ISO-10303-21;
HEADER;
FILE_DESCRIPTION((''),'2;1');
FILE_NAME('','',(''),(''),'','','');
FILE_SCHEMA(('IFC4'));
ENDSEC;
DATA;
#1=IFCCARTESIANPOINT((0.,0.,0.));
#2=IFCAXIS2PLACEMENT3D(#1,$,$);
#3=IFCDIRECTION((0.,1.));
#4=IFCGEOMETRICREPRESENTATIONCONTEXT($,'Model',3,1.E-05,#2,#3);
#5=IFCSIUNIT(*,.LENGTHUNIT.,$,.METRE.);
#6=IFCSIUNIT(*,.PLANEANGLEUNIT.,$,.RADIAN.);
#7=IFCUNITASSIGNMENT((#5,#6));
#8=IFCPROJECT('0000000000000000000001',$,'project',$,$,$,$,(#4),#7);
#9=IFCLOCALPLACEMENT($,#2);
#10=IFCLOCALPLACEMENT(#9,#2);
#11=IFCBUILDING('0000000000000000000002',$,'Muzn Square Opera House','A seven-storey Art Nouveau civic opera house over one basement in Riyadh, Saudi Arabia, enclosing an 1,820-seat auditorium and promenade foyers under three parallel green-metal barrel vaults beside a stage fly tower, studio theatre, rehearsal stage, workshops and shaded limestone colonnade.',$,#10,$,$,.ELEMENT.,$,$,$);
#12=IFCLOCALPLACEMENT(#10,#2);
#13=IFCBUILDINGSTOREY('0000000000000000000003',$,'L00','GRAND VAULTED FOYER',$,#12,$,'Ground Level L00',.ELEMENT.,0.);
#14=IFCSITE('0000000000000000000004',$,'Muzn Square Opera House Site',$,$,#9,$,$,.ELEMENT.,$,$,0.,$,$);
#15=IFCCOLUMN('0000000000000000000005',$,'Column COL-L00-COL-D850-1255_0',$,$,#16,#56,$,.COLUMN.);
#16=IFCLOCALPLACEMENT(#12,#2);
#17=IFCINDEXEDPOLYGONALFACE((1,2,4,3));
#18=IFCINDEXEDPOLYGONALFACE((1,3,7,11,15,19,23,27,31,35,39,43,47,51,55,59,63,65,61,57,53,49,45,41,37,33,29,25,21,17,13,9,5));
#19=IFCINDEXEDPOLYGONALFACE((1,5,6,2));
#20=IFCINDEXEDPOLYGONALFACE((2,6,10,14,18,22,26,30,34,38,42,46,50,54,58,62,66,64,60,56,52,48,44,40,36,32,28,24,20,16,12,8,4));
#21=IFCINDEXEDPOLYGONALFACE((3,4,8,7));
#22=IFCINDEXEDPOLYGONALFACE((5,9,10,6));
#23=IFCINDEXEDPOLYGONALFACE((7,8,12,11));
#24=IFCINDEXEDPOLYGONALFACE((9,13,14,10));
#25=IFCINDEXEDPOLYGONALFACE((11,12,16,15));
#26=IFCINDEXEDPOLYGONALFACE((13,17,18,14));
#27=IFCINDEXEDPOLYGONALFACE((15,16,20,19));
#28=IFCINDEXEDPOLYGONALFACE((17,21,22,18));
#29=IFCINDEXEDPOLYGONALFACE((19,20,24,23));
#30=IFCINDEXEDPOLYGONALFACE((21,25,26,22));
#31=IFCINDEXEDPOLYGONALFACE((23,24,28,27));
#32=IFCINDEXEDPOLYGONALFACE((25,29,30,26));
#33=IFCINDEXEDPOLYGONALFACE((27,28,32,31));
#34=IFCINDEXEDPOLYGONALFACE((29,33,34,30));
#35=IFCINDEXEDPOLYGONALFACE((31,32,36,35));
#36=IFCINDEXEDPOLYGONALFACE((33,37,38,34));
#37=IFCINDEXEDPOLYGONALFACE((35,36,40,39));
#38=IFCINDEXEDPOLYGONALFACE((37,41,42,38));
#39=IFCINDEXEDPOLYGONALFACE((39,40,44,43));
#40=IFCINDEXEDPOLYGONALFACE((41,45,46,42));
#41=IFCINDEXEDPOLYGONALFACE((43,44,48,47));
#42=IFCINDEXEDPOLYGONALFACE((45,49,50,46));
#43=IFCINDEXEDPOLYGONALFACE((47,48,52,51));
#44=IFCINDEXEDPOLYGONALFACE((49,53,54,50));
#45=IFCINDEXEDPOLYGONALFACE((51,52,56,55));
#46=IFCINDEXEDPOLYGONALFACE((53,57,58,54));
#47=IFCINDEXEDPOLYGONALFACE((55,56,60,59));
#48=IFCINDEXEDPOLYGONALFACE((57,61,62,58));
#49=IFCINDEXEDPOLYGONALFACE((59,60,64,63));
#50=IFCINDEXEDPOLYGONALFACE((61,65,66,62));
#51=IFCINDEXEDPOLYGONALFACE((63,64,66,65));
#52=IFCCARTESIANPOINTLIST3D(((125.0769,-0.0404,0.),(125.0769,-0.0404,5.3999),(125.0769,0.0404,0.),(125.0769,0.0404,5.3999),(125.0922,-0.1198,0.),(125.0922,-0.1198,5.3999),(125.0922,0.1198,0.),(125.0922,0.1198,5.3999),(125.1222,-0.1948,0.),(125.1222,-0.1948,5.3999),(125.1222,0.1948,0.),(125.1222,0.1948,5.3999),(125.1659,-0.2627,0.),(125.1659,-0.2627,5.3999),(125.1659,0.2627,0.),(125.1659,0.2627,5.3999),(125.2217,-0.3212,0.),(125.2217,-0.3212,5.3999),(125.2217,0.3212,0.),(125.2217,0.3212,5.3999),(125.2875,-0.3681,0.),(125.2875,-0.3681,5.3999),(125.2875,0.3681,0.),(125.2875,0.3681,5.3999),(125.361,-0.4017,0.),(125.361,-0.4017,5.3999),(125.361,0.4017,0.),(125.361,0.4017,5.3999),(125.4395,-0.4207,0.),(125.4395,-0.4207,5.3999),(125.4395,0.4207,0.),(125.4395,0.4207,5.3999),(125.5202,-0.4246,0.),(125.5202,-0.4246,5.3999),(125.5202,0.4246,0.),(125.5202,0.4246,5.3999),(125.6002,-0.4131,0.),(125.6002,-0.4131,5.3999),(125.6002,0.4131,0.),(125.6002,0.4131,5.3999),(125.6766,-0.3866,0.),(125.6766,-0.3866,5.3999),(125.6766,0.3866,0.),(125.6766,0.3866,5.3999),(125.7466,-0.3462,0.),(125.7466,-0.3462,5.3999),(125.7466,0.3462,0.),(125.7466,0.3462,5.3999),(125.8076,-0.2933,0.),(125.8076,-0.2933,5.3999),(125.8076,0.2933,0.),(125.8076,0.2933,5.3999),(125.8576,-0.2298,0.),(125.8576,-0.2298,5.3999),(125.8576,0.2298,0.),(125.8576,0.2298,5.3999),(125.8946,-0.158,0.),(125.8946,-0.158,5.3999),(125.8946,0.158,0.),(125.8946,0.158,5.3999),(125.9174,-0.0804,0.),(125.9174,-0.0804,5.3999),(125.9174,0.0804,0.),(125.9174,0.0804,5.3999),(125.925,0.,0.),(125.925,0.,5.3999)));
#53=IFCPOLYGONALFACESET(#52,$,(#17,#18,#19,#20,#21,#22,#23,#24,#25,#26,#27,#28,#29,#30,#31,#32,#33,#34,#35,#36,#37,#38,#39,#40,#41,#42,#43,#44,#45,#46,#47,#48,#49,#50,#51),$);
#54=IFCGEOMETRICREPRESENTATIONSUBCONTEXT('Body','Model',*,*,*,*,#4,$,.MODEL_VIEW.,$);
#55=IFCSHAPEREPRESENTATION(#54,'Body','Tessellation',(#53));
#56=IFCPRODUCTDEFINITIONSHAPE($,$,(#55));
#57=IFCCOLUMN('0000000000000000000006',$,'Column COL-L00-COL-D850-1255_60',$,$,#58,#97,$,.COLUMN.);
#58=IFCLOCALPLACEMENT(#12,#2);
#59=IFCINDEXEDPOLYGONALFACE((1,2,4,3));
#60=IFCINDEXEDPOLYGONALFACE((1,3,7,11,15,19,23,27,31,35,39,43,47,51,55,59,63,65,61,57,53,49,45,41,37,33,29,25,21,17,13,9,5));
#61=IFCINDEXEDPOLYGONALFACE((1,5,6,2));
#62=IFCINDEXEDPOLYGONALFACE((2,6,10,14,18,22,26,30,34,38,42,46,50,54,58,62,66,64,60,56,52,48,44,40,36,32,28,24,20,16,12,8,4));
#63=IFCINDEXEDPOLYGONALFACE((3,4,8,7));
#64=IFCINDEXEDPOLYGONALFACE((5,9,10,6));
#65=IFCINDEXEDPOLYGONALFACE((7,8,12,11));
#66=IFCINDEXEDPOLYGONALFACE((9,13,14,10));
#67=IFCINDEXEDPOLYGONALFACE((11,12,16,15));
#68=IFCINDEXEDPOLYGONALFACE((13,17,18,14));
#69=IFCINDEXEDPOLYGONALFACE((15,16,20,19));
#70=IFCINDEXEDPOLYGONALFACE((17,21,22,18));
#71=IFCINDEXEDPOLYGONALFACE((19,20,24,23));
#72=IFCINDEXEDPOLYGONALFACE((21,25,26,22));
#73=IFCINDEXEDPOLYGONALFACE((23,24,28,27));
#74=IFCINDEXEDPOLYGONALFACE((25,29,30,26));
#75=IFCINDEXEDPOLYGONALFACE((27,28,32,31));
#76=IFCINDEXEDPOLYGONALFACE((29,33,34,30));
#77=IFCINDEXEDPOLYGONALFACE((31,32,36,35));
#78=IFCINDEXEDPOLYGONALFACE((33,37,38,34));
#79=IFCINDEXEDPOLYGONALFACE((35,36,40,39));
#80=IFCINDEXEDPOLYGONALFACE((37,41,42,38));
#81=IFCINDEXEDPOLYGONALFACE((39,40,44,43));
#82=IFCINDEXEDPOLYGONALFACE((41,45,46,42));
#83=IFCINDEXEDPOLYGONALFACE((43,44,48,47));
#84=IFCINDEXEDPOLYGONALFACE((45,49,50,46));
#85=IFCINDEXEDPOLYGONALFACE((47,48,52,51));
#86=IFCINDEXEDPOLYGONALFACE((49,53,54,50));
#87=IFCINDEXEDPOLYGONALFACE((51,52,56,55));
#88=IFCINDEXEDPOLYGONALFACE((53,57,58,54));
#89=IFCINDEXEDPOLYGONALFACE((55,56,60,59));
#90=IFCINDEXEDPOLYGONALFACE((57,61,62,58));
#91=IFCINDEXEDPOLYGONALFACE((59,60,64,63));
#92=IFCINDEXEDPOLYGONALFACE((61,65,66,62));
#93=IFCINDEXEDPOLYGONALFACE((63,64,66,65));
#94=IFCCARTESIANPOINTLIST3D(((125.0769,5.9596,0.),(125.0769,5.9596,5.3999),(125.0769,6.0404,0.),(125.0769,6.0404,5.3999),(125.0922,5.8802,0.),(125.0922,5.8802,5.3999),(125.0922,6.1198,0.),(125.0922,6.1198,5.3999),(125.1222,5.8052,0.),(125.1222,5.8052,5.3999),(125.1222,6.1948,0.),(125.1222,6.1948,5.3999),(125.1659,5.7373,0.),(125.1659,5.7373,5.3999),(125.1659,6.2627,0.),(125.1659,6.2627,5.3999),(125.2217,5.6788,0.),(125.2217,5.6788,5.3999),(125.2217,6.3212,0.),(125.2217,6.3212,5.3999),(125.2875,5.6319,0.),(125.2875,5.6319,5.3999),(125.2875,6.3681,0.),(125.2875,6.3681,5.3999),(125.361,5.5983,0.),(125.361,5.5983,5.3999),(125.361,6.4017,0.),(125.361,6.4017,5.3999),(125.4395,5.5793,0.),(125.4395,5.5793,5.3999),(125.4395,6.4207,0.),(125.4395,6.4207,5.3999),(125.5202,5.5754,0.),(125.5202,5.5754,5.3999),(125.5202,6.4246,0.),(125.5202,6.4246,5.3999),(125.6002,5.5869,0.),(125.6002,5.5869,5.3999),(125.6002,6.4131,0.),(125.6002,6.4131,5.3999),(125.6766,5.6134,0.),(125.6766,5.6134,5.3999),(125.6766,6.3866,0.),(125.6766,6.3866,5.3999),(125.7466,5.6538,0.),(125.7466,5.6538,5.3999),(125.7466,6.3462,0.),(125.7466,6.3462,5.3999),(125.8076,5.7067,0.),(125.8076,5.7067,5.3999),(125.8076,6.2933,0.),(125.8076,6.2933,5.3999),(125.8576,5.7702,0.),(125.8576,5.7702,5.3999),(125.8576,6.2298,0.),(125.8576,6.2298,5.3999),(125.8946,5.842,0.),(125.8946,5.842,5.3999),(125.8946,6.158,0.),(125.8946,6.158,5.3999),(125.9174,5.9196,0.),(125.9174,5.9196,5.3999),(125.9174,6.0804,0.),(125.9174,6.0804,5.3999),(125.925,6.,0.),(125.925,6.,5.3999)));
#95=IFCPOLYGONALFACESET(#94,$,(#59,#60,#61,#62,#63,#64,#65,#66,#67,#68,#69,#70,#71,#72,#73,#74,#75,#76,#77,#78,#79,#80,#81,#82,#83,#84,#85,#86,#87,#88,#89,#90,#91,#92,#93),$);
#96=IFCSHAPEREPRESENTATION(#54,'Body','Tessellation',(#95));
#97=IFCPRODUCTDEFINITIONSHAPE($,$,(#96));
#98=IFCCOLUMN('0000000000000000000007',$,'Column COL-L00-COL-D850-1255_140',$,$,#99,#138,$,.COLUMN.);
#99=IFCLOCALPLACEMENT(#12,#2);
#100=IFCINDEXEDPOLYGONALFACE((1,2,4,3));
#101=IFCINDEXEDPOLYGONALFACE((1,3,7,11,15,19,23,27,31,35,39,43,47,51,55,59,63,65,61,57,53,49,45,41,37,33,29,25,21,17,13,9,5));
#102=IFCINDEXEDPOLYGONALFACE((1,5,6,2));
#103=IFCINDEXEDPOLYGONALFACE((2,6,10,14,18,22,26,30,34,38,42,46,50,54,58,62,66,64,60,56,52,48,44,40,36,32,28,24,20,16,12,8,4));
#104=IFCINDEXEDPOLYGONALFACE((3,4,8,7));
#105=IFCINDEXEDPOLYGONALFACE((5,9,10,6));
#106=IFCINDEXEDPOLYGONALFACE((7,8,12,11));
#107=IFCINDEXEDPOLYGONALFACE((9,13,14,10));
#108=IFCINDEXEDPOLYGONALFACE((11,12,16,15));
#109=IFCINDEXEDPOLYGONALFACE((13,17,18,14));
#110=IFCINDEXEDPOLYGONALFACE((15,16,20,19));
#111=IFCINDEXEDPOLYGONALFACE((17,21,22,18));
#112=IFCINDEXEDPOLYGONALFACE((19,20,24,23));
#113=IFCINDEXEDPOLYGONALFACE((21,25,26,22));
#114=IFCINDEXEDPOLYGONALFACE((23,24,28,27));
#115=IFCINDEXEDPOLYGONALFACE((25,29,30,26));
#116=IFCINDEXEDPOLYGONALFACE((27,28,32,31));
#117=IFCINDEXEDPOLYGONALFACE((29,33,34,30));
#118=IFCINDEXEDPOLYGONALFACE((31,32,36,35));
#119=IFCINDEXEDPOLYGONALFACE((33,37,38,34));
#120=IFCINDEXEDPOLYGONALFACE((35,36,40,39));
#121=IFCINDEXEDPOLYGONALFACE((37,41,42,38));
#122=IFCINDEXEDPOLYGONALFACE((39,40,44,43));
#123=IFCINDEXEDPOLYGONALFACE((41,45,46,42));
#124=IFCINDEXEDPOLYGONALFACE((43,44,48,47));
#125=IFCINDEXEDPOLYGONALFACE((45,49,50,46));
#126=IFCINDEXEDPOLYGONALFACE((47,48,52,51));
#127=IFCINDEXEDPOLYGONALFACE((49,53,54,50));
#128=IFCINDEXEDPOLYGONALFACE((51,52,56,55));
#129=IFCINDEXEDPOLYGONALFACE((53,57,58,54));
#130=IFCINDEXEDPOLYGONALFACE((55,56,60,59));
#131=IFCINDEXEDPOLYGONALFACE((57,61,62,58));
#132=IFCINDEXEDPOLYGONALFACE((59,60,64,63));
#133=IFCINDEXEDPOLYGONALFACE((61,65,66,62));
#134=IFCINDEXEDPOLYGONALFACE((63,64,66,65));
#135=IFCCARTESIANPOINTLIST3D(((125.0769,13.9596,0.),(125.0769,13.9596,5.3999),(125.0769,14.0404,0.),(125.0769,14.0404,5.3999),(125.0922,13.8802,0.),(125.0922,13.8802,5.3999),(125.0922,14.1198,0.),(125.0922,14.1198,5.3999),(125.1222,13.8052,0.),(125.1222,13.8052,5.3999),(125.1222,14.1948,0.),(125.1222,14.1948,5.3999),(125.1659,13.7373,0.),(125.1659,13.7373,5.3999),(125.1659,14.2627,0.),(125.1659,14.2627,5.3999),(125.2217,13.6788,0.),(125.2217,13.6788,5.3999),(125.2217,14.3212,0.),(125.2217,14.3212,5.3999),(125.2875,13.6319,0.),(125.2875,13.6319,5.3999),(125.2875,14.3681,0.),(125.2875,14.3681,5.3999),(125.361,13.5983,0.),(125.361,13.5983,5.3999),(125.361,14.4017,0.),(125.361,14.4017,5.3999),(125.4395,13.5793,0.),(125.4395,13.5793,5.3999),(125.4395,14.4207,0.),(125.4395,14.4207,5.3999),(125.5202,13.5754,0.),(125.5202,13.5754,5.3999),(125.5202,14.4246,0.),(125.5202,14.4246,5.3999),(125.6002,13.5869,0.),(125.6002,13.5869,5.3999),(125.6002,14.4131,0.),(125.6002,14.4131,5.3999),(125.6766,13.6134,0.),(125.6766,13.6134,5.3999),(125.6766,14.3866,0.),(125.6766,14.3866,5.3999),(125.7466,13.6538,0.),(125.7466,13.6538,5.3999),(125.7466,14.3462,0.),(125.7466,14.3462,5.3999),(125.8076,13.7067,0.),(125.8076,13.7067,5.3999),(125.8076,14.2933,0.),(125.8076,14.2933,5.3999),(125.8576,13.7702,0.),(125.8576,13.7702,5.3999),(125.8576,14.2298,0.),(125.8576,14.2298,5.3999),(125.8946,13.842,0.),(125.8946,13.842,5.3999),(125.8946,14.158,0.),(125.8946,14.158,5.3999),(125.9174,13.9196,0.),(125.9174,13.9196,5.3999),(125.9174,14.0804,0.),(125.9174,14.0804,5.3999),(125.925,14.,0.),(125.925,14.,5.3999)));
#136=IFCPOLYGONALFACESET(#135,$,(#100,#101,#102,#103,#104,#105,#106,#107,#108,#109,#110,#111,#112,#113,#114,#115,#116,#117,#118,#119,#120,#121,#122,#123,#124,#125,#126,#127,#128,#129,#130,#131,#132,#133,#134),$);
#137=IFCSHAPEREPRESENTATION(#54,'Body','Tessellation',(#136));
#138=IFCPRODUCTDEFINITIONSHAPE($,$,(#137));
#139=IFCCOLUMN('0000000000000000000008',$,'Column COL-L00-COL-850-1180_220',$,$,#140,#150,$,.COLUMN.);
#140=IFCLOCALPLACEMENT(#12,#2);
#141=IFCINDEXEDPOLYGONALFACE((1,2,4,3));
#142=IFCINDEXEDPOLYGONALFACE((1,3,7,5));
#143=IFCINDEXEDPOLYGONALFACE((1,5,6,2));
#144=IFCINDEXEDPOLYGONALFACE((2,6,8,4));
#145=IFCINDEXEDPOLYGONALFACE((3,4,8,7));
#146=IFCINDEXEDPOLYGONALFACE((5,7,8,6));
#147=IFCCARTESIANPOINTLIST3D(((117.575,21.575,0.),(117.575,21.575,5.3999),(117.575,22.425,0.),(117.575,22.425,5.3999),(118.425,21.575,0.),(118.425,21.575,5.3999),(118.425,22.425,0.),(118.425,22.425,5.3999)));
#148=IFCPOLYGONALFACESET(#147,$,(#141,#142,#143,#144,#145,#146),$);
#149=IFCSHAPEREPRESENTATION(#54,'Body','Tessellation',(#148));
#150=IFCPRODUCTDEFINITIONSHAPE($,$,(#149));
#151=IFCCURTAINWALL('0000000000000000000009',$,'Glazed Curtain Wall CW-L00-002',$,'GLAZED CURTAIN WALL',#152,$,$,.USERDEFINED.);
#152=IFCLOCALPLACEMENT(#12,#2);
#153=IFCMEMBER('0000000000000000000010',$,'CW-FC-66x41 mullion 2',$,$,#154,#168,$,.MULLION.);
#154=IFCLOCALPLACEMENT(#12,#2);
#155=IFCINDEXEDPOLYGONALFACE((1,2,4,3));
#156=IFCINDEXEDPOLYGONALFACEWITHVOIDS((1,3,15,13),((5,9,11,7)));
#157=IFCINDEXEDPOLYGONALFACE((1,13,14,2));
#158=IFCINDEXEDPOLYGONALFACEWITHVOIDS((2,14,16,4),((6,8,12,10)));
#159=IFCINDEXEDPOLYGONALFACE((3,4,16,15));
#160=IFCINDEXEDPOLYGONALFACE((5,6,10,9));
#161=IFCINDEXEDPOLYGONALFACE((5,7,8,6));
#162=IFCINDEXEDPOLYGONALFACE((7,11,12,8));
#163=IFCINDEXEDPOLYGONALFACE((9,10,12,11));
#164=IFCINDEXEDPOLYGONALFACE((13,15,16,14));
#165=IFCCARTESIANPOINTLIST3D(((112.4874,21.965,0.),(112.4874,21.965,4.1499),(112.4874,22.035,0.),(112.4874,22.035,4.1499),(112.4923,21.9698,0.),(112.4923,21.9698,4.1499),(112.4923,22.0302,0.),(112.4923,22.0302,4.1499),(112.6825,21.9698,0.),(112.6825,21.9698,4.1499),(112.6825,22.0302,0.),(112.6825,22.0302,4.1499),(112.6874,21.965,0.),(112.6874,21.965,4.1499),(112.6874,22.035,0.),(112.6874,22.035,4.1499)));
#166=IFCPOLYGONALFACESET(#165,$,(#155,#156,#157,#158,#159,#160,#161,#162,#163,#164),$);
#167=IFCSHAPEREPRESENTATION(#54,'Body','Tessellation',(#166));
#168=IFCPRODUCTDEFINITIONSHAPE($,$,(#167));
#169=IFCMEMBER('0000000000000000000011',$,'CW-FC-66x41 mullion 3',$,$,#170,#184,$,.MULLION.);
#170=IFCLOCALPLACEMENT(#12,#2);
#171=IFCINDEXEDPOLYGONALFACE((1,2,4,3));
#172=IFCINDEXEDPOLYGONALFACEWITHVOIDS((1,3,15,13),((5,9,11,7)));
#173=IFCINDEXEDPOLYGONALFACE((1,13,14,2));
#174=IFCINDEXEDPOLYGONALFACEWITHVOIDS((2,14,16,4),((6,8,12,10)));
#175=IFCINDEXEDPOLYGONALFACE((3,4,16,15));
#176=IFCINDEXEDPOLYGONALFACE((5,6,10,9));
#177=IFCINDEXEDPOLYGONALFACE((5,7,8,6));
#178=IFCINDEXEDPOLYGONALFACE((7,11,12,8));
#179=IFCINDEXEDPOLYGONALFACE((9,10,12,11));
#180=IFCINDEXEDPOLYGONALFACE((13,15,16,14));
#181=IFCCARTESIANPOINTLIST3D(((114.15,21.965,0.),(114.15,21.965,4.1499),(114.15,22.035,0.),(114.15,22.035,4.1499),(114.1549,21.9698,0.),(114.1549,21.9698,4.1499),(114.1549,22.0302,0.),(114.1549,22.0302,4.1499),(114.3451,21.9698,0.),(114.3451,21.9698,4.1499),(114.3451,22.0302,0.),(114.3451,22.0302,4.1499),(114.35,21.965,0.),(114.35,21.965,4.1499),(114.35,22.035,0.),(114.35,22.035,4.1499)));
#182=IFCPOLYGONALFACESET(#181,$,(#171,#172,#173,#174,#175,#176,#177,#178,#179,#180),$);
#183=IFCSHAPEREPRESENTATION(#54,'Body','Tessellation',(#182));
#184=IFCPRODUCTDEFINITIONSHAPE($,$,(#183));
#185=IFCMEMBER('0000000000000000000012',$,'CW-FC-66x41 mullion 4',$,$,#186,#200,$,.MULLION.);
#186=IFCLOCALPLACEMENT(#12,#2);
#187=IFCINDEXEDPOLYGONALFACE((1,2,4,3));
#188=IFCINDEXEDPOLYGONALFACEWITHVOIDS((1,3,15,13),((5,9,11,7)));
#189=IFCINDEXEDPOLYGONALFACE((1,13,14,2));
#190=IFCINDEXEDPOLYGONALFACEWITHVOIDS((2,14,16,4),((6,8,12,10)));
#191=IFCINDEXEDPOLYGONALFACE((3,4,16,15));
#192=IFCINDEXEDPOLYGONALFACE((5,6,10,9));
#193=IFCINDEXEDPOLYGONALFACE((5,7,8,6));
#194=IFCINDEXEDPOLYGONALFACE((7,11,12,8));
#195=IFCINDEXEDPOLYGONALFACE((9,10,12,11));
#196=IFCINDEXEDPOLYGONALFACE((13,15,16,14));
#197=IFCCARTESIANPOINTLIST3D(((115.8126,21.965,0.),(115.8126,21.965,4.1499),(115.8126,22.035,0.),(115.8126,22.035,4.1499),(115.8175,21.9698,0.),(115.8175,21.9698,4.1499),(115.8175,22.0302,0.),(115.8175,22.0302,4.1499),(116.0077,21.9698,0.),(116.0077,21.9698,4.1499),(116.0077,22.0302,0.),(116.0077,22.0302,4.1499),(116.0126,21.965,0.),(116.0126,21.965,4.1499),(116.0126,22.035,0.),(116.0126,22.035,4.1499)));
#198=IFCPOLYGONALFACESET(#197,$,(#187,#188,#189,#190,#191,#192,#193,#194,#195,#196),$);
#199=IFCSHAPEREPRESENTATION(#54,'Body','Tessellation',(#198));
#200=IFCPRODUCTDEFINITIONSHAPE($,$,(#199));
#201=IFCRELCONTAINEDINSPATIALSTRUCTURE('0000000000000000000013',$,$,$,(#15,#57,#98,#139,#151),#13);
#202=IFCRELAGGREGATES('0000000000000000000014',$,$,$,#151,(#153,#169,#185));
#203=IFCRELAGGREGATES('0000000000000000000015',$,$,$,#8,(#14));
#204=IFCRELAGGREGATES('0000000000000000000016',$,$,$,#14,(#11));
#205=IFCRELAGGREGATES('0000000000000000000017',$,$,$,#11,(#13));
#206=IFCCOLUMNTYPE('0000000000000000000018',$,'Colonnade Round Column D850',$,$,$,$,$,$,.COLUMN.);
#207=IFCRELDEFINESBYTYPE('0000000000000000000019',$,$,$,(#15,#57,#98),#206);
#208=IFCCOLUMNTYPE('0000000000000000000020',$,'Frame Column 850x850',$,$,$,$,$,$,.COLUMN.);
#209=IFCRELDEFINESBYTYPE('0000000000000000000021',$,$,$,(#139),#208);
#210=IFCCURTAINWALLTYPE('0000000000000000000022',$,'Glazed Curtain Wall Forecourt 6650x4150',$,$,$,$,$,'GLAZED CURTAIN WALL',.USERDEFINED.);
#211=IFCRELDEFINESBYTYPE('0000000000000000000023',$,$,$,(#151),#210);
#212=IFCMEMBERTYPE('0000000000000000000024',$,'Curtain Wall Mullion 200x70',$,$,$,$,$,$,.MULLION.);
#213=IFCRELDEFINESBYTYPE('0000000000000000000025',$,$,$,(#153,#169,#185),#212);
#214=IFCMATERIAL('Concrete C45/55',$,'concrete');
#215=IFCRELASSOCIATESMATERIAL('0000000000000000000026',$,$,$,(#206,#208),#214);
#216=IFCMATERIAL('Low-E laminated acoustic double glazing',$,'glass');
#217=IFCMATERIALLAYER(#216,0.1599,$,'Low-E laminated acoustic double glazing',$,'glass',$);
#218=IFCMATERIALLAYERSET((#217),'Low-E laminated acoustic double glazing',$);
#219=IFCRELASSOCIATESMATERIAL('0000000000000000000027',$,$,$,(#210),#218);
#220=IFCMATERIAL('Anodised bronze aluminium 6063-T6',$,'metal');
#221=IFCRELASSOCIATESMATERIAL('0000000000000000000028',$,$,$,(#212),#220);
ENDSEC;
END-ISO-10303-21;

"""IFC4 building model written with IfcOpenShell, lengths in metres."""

from ifc_helpers import new_model, si_unit, direction, frame, origin, origin_2d, place, context, subcontext, project, spatial, rectangle, hollow_rectangle, circle, extrude, material, layer, layer_set, material_profile, profile_set, type_object, element, aggregate, save


model = new_model("IFC4")

# Units and contexts
model_context = context("Model", 3, precision=1e-05, world=origin(), true_north=direction((0.0, 1.0)))
body_context = subcontext(model_context, "Body", "Model", "MODEL_VIEW")
ifc_project = project(units=[si_unit("LENGTHUNIT", "METRE"), si_unit("PLANEANGLEUNIT", "RADIAN")], contexts=[model_context])

# Site, building, storey
site_placement = place(None, origin())
site = spatial("IfcSite", under=ifc_project, at=site_placement, Name="Muzn Square Opera House Site", CompositionType="ELEMENT", RefElevation=0.0)
building_placement = place(site_placement, origin())
building = spatial("IfcBuilding", under=site, at=building_placement, Name="Muzn Square Opera House", Description="A seven-storey Art Nouveau civic opera house over one basement in Riyadh, Saudi Arabia, enclosing an 1,820-seat auditorium and promenade foyers under three parallel green-metal barrel vaults beside a stage fly tower, studio theatre, rehearsal stage, workshops and shaded limestone colonnade.", CompositionType="ELEMENT")
storey_placement = place(building_placement, origin())
storey = spatial("IfcBuildingStorey", under=building, at=storey_placement, Name="L00", Description="GRAND VAULTED FOYER", LongName="Ground Level L00", CompositionType="ELEMENT", Elevation=0.0)

# Columns
ifc_material_1 = material(Name="Concrete C45/55", Category="concrete")
ifc_material_profile_1 = material_profile(ifc_material_1, circle(Radius=0.425, at=origin_2d()), Name="RCC D850", Category="concrete")
ifc_profile_set_1 = profile_set([ifc_material_profile_1], Name="Concrete C45/55")
column_type_1 = type_object("IfcColumnType", Name="Colonnade Round Column D850", PredefinedType="COLUMN", material=ifc_profile_set_1)
for number, where, z_axis, x_axis, name in (
    (1, (125.5, 0.0, 0.0), (0.0, 0.0, 1.0), (1.0, 0.0, 0.0), "Column COL-L00-COL-D850-1255_0"),
    (2, (125.5, 6.0, 0.0), (0.0, 0.0, 1.0), (1.0, 0.0, 0.0), "Column COL-L00-COL-D850-1255_60"),
    (3, (125.5, 14.0, 0.0), (0.0, 0.0, 1.0), (1.0, 0.0, 0.0), "Column COL-L00-COL-D850-1255_140"),
):
    element("IfcColumn", number, at=place(storey_placement, frame(where, z_axis=z_axis, x_axis=x_axis)), inside=storey, type_object=column_type_1, Name=name, PredefinedType="COLUMN", context=body_context, shape_type="SweptSolid", body=[
        extrude(circle(Radius=0.425, at=origin_2d()), origin(), (0.0, 0.0, 1.0), 5.3999),
    ])
ifc_material_profile_2 = material_profile(ifc_material_1, rectangle(XDim=0.8501, YDim=0.8501, at=origin_2d()), Name="RC 850x850", Category="concrete")
ifc_profile_set_2 = profile_set([ifc_material_profile_2], Name="Concrete C45/55")
column_type_2 = type_object("IfcColumnType", Name="Frame Column 850x850", PredefinedType="COLUMN", material=ifc_profile_set_2)
column_placement = place(storey_placement, frame((118.0, 22.0, 0.0), z_axis=(0.0, 0.0, 1.0), x_axis=(1.0, 0.0, 0.0)))
element("IfcColumn", 4, at=column_placement, inside=storey, type_object=column_type_2, Name="Column COL-L00-COL-850-1180_220", PredefinedType="COLUMN", context=body_context, shape_type="SweptSolid", body=[
    extrude(rectangle(XDim=0.8501, YDim=0.8501, at=origin_2d()), origin(), (0.0, 0.0, 1.0), 5.3999),
])

# Curtain wall, members
ifc_material_2 = material(Name="Low-E laminated acoustic double glazing", Category="glass")
ifc_layer_1 = layer(ifc_material_2, 0.1599, Name="Low-E laminated acoustic double glazing", Category="glass")
ifc_layer_set_1 = layer_set([ifc_layer_1], Name="Low-E laminated acoustic double glazing")
curtain_wall_type = type_object("IfcCurtainWallType", Name="Glazed Curtain Wall Forecourt 6650x4150", ElementType="GLAZED CURTAIN WALL", PredefinedType="USERDEFINED", material=ifc_layer_set_1)
curtain_wall_placement = place(storey_placement, origin())
curtain_wall = element("IfcCurtainWall", 5, at=curtain_wall_placement, inside=storey, type_object=curtain_wall_type, Name="Glazed Curtain Wall CW-L00-002", ObjectType="GLAZED CURTAIN WALL", PredefinedType="USERDEFINED")
ifc_material_3 = material(Name="Anodised bronze aluminium 6063-T6", Category="metal")
ifc_material_profile_3 = material_profile(ifc_material_3, hollow_rectangle(XDim=0.0701, YDim=0.2, WallThickness=0.0049, at=origin_2d()), Name="ALU 200x70x5", Category="metal")
ifc_profile_set_3 = profile_set([ifc_material_profile_3], Name="Anodised bronze aluminium 6063-T6")
member_type_1 = type_object("IfcMemberType", Name="Curtain Wall Mullion 200x70", PredefinedType="MULLION", material=ifc_profile_set_3)
member_1_placement = place(storey_placement, frame((112.5874, 22.0, 0.0), z_axis=(0.0, 0.0, 1.0), x_axis=(0.0, 1.0, 0.0)))
member_1 = element("IfcMember", 6, at=member_1_placement, type_object=member_type_1, Name="CW-FC-66x41 mullion 2", PredefinedType="MULLION", context=body_context, shape_type="SweptSolid", body=[
    extrude(hollow_rectangle(XDim=0.0701, YDim=0.2, WallThickness=0.0049, at=origin_2d()), origin(), (0.0, 0.0, 1.0), 4.1499),
])
member_2_placement = place(storey_placement, frame((114.25, 22.0, 0.0), z_axis=(0.0, 0.0, 1.0), x_axis=(0.0, 1.0, 0.0)))
member_2 = element("IfcMember", 7, at=member_2_placement, type_object=member_type_1, Name="CW-FC-66x41 mullion 3", PredefinedType="MULLION", context=body_context, shape_type="SweptSolid", body=[
    extrude(hollow_rectangle(XDim=0.0701, YDim=0.2, WallThickness=0.0049, at=origin_2d()), origin(), (0.0, 0.0, 1.0), 4.1499),
])
member_3_placement = place(storey_placement, frame((115.9126, 22.0, 0.0), z_axis=(0.0, 0.0, 1.0), x_axis=(0.0, 1.0, 0.0)))
member_3 = element("IfcMember", 8, at=member_3_placement, type_object=member_type_1, Name="CW-FC-66x41 mullion 4", PredefinedType="MULLION", context=body_context, shape_type="SweptSolid", body=[
    extrude(hollow_rectangle(XDim=0.0701, YDim=0.2, WallThickness=0.0049, at=origin_2d()), origin(), (0.0, 0.0, 1.0), 4.1499),
])

aggregate(curtain_wall, [member_1, member_2, member_3])

save(model, "model.ifc")
